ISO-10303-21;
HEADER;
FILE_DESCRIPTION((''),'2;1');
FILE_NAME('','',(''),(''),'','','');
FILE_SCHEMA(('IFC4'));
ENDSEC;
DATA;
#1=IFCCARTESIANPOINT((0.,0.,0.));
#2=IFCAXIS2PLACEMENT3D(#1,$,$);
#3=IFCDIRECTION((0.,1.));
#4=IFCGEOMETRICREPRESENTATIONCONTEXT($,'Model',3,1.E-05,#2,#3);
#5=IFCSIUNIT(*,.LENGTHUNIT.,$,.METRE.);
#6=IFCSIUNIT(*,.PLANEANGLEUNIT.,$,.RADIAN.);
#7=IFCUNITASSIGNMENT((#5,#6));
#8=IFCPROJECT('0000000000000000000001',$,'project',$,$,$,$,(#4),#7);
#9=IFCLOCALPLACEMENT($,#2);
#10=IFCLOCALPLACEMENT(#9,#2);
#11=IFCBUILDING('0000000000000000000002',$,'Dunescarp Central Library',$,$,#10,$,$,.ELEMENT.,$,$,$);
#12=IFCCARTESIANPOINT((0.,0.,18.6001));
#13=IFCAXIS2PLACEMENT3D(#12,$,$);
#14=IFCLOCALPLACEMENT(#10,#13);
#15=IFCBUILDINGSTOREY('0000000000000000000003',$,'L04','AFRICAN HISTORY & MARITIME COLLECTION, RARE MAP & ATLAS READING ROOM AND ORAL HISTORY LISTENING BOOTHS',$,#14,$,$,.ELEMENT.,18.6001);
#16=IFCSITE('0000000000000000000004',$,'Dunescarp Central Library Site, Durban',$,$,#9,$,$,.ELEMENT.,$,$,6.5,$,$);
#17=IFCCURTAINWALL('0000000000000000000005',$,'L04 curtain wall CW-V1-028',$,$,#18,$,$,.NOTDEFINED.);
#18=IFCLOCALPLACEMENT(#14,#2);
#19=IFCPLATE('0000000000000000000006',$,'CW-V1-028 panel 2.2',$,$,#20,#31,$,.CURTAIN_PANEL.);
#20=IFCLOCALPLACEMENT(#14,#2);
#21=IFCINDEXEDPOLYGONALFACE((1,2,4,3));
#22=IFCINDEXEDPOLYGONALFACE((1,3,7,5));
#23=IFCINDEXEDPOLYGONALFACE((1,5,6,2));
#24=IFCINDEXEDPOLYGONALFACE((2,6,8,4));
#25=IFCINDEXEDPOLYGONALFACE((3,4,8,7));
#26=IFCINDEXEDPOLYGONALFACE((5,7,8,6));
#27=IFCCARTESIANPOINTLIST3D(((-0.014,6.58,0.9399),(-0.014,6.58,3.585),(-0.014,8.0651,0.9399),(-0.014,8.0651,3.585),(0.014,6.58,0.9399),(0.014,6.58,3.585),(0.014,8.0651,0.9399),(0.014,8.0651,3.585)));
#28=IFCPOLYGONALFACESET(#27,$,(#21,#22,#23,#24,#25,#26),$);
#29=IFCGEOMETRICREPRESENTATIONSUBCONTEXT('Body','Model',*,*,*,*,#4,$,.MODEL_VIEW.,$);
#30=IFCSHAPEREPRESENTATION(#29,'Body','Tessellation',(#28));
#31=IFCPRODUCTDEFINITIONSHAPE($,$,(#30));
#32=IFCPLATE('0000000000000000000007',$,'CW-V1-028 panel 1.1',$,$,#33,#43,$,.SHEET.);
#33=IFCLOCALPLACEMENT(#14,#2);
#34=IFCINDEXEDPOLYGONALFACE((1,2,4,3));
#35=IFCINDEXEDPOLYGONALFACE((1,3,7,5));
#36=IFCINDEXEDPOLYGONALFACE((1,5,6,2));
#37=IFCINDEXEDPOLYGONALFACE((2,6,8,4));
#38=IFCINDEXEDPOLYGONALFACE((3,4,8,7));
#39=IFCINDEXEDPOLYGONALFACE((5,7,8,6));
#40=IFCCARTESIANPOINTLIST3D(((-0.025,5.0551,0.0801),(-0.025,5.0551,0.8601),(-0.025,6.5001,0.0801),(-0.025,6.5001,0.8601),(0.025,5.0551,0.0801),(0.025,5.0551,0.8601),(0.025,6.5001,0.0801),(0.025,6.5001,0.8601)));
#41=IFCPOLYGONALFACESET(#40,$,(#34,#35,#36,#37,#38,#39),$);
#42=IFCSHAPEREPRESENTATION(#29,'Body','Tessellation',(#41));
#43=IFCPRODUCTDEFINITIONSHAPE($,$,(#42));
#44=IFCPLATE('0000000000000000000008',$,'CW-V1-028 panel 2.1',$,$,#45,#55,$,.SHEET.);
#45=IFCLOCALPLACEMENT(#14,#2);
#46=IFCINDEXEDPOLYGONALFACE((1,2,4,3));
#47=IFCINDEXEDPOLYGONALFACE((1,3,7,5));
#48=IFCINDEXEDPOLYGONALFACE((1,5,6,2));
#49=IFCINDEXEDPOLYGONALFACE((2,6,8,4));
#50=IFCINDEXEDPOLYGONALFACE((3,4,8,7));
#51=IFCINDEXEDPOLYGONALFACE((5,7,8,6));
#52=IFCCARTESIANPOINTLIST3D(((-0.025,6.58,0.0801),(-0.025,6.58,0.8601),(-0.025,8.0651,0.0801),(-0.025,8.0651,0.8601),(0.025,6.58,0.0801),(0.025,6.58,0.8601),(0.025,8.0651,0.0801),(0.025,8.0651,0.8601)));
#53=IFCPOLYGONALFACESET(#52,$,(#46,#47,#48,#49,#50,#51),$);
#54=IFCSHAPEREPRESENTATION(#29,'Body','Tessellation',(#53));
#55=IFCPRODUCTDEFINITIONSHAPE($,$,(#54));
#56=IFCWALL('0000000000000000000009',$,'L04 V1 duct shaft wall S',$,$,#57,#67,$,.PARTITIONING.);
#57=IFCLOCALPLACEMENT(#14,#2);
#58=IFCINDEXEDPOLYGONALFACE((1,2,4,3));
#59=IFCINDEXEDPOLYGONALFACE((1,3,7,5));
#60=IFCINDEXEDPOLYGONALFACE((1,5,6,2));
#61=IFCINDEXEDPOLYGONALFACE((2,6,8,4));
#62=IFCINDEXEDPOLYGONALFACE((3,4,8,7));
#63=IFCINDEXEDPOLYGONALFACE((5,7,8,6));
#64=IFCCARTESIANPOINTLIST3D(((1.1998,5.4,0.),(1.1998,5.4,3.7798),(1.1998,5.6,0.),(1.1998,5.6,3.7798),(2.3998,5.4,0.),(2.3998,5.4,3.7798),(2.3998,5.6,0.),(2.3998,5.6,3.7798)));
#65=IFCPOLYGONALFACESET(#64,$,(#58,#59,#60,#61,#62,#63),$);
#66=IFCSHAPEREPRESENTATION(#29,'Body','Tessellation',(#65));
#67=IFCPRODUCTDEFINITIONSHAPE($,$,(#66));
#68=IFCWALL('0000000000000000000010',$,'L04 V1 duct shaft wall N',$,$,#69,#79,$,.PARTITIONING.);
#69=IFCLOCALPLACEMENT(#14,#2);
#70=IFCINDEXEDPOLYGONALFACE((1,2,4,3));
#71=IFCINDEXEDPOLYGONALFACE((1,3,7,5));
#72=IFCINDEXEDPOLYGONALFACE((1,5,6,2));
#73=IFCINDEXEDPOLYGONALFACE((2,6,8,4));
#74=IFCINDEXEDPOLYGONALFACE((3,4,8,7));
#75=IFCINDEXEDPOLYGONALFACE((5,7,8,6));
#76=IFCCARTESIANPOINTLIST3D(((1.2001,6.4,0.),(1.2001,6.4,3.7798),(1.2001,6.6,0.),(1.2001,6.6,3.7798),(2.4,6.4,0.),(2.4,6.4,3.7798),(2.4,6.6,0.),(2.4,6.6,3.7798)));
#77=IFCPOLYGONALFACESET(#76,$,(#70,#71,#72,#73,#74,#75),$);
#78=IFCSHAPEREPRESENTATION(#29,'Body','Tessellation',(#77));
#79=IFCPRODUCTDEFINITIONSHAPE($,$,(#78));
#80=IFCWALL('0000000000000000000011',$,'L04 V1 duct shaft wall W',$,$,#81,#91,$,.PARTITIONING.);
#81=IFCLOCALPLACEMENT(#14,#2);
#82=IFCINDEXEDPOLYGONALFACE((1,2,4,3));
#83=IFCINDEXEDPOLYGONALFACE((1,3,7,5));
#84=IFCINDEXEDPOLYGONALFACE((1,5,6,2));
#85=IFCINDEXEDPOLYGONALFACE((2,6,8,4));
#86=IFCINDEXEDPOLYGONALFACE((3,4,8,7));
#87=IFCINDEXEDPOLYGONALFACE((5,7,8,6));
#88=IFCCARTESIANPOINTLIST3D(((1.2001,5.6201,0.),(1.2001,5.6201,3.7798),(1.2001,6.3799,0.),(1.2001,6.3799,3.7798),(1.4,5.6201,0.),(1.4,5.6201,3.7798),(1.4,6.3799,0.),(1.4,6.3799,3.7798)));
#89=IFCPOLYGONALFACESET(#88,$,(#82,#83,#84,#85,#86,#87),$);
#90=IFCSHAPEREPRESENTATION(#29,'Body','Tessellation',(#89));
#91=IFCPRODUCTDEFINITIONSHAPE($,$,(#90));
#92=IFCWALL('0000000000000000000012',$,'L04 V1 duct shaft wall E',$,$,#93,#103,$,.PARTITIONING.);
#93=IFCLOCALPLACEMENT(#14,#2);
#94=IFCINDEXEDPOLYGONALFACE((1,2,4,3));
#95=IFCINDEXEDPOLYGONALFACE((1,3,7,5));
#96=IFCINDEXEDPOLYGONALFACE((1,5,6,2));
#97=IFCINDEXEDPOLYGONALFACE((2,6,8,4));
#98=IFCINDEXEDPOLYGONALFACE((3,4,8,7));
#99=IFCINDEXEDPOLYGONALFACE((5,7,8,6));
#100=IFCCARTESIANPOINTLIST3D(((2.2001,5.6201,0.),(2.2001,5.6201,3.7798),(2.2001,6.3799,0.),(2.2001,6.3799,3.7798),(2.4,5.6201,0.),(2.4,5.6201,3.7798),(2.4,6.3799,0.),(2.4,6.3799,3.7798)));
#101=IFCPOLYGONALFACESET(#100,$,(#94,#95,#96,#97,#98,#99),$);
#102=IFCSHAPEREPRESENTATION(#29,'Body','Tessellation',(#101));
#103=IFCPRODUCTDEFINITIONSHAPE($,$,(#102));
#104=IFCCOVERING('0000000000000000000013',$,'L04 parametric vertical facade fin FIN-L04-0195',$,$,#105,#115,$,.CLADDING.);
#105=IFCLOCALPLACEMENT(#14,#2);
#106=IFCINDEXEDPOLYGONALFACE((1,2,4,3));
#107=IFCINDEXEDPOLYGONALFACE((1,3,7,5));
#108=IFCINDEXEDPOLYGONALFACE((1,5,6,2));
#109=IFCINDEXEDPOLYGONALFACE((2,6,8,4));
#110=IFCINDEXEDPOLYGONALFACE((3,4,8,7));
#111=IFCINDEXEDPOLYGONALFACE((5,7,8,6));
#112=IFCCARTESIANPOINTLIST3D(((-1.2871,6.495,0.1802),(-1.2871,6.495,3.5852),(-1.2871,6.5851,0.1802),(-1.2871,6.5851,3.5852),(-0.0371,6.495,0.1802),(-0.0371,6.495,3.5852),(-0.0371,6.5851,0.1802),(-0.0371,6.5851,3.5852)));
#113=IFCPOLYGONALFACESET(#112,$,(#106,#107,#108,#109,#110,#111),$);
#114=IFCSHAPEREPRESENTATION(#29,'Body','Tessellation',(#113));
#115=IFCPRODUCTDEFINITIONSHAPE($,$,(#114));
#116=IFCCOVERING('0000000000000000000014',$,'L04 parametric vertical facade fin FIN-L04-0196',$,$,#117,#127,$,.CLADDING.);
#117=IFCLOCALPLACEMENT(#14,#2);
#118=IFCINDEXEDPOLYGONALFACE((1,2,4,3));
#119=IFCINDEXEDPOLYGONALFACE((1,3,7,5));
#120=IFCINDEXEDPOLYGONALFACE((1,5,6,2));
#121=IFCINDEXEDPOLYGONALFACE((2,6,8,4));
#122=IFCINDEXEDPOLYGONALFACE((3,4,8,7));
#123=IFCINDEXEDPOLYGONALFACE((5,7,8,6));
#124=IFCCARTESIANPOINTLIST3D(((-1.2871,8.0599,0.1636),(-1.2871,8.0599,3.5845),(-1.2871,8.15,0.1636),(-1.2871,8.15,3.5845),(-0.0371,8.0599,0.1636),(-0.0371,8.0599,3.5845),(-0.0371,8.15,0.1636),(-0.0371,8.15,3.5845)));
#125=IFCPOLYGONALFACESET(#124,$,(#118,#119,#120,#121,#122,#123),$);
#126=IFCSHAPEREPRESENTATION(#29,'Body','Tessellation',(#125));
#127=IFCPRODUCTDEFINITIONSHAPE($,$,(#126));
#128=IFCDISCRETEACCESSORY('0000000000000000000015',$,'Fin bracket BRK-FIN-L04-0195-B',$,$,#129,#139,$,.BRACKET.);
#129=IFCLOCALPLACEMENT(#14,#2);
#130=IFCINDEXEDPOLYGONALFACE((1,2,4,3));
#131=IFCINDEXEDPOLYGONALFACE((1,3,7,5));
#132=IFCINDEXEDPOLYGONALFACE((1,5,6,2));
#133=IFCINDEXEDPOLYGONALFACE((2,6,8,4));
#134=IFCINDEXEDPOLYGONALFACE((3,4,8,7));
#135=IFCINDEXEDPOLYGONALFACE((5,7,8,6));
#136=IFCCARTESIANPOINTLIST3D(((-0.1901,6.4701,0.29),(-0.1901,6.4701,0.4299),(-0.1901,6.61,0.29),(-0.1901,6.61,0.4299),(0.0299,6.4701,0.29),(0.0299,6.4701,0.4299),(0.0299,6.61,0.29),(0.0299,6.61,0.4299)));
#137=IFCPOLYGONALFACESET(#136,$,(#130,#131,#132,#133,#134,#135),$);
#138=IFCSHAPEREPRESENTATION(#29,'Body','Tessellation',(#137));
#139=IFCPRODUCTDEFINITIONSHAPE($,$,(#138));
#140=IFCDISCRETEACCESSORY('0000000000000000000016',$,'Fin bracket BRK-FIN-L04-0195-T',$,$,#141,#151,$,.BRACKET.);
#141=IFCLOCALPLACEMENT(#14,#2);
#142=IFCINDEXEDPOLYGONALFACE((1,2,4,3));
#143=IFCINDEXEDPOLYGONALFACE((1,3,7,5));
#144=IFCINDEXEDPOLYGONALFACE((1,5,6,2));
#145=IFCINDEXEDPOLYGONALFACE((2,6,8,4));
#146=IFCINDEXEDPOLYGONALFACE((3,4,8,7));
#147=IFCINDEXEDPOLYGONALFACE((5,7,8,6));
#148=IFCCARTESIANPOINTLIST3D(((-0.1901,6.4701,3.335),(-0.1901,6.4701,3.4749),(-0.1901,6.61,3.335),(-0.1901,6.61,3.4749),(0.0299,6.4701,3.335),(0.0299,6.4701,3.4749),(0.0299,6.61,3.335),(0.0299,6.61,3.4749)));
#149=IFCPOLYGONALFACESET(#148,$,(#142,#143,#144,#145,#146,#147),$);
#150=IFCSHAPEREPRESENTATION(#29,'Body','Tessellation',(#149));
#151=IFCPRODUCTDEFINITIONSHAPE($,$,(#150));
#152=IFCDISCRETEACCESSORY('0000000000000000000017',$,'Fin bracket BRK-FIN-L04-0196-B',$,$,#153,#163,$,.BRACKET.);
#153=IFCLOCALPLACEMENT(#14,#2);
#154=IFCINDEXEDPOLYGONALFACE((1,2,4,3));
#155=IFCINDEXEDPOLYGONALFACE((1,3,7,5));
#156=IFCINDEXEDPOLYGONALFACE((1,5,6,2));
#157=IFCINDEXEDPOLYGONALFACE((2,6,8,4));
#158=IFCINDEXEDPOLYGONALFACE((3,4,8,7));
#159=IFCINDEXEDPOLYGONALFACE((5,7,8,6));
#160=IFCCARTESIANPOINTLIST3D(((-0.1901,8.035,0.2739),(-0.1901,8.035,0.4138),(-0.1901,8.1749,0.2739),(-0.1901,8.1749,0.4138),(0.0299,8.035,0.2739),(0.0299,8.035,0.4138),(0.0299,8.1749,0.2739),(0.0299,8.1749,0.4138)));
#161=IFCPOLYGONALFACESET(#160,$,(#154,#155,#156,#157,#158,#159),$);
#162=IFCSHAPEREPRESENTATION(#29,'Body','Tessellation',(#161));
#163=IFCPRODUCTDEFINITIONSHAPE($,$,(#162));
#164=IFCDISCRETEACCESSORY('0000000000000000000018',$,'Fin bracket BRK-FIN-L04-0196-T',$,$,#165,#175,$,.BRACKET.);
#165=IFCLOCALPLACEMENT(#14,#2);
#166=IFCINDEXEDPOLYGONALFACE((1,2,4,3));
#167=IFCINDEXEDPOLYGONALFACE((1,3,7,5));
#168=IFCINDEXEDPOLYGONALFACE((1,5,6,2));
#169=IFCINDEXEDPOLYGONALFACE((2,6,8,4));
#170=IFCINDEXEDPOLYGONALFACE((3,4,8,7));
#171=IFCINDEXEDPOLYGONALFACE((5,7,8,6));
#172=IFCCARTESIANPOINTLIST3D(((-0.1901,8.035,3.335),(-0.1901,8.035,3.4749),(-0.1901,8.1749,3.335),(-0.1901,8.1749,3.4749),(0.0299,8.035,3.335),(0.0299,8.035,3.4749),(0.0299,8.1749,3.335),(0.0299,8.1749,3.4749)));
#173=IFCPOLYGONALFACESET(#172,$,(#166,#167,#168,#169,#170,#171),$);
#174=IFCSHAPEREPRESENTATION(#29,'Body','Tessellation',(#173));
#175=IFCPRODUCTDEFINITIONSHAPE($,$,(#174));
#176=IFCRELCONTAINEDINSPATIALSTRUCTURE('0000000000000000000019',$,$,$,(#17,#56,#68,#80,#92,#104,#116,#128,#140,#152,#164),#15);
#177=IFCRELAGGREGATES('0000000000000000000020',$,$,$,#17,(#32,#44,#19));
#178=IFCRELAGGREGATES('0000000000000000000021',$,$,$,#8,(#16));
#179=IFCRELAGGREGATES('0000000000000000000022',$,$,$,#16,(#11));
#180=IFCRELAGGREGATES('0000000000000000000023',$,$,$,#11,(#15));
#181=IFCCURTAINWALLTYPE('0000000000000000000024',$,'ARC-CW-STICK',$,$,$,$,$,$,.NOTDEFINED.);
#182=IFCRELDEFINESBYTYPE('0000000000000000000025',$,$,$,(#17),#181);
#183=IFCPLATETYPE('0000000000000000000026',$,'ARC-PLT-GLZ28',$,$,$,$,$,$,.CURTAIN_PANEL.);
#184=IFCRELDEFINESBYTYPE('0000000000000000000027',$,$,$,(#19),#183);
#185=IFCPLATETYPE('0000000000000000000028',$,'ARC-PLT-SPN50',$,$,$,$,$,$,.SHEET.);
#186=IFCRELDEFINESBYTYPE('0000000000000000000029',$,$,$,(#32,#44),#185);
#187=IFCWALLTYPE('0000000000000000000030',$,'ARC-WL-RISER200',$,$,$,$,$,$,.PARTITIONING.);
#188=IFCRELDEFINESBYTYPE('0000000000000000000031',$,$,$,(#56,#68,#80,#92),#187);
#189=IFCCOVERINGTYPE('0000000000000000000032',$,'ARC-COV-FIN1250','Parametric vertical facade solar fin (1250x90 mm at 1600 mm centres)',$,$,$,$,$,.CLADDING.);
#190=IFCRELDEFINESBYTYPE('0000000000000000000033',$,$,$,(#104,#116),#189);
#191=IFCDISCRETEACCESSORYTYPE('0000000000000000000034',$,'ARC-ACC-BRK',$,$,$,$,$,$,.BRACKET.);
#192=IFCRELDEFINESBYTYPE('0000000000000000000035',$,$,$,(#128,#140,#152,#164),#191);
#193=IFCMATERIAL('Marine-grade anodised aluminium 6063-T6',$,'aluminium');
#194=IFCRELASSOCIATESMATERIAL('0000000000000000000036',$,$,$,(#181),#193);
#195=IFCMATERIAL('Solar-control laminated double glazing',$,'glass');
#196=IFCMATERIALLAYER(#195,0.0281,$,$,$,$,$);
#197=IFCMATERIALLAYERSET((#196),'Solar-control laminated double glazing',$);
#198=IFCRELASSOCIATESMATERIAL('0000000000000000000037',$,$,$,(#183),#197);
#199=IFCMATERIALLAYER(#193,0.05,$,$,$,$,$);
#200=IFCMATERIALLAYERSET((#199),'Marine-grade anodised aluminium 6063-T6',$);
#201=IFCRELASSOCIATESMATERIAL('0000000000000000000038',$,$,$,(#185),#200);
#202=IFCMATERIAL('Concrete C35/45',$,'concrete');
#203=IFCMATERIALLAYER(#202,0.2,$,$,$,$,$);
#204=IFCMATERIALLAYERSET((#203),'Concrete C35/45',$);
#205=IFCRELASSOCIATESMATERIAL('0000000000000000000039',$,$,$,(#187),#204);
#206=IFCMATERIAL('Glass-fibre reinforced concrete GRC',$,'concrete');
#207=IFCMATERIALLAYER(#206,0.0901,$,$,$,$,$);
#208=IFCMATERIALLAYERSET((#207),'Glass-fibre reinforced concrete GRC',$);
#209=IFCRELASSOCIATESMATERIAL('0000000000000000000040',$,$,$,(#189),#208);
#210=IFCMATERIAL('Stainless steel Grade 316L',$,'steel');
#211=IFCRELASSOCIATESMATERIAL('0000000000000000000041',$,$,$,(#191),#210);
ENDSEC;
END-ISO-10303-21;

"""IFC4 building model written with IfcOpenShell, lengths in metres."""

from ifc_helpers import new_model, si_unit, direction, frame, frame_2d, origin, origin_2d, place, context, subcontext, project, spatial, rectangle, extrude, material, layer, layer_set, type_object, element, aggregate, save


model = new_model("IFC4")

# Units and contexts
model_context = context("Model", 3, precision=1e-05, world=origin(), true_north=direction((0.0, 1.0)))
body_context = subcontext(model_context, "Body", "Model", "MODEL_VIEW")
ifc_project = project(units=[si_unit("LENGTHUNIT", "METRE"), si_unit("PLANEANGLEUNIT", "RADIAN")], contexts=[model_context])

# Site, building, storey
site_placement = place(None, origin())
site = spatial("IfcSite", under=ifc_project, at=site_placement, Name="Dunescarp Central Library Site, Durban", CompositionType="ELEMENT", RefElevation=6.5)
building_placement = place(site_placement, origin())
building = spatial("IfcBuilding", under=site, at=building_placement, Name="Dunescarp Central Library", CompositionType="ELEMENT")
storey_placement = place(building_placement, frame((0.0, 0.0, 18.6001)))
storey = spatial("IfcBuildingStorey", under=building, at=storey_placement, Name="L04", Description="AFRICAN HISTORY & MARITIME COLLECTION, RARE MAP & ATLAS READING ROOM AND ORAL HISTORY LISTENING BOOTHS", CompositionType="ELEMENT", Elevation=18.6001)

# Curtain wall
ifc_material_1 = material(Name="Marine-grade anodised aluminium 6063-T6", Category="aluminium")
curtain_wall_type = type_object("IfcCurtainWallType", Name="ARC-CW-STICK", PredefinedType="NOTDEFINED", material=ifc_material_1)
curtain_wall_placement = place(storey_placement, origin())
curtain_wall = element("IfcCurtainWall", 1, at=curtain_wall_placement, inside=storey, type_object=curtain_wall_type, Name="L04 curtain wall CW-V1-028", PredefinedType="NOTDEFINED")

# Plates
ifc_material_2 = material(Name="Solar-control laminated double glazing", Category="glass")
ifc_layer_1 = layer(ifc_material_2, 0.0281)
ifc_layer_set_1 = layer_set([ifc_layer_1], Name="Solar-control laminated double glazing")
plate_type_1 = type_object("IfcPlateType", Name="ARC-PLT-GLZ28", PredefinedType="CURTAIN_PANEL", material=ifc_layer_set_1)
plate_1_placement = place(storey_placement, frame((0.0, 7.3225, 0.9399), z_axis=(0.0, 0.0, 1.0), x_axis=(0.0, 1.0, 0.0)))
plate_1 = element("IfcPlate", 2, at=plate_1_placement, type_object=plate_type_1, Name="CW-V1-028 panel 2.2", PredefinedType="CURTAIN_PANEL", context=body_context, shape_type="SweptSolid", body=[
    extrude(rectangle(XDim=1.4851, YDim=0.0281, at=origin_2d()), origin(), (0.0, 0.0, 1.0), 2.645),
])
ifc_layer_2 = layer(ifc_material_1, 0.05)
ifc_layer_set_2 = layer_set([ifc_layer_2], Name="Marine-grade anodised aluminium 6063-T6")
plate_type_2 = type_object("IfcPlateType", Name="ARC-PLT-SPN50", PredefinedType="SHEET", material=ifc_layer_set_2)
plate_2_placement = place(storey_placement, frame((0.0, 5.7776, 0.0801), z_axis=(0.0, 0.0, 1.0), x_axis=(0.0, 1.0, 0.0)))
plate_2 = element("IfcPlate", 3, at=plate_2_placement, type_object=plate_type_2, Name="CW-V1-028 panel 1.1", PredefinedType="SHEET", context=body_context, shape_type="SweptSolid", body=[
    extrude(rectangle(XDim=1.4451, YDim=0.05, at=origin_2d()), origin(), (0.0, 0.0, 1.0), 0.78),
])
plate_3_placement = place(storey_placement, frame((0.0, 7.3225, 0.0801), z_axis=(0.0, 0.0, 1.0), x_axis=(0.0, 1.0, 0.0)))
plate_3 = element("IfcPlate", 4, at=plate_3_placement, type_object=plate_type_2, Name="CW-V1-028 panel 2.1", PredefinedType="SHEET", context=body_context, shape_type="SweptSolid", body=[
    extrude(rectangle(XDim=1.4851, YDim=0.05, at=origin_2d()), origin(), (0.0, 0.0, 1.0), 0.78),
])
aggregate(curtain_wall, [plate_2, plate_3, plate_1])

# Walls
ifc_material_3 = material(Name="Concrete C35/45", Category="concrete")
ifc_layer_3 = layer(ifc_material_3, 0.2)
ifc_layer_set_3 = layer_set([ifc_layer_3], Name="Concrete C35/45")
wall_type = type_object("IfcWallType", Name="ARC-WL-RISER200", PredefinedType="PARTITIONING", material=ifc_layer_set_3)
for number, where, z_axis, x_axis, name in (
    (5, (2.3999, 5.5, 0.0), (0.0, 0.0, 1.0), (-1.0, 0.0, 0.0), "L04 V1 duct shaft wall S"),
    (6, (1.2, 6.5, 0.0), (0.0, 0.0, 1.0), (1.0, 0.0, 0.0), "L04 V1 duct shaft wall N"),
):
    element("IfcWall", number, at=place(storey_placement, frame(where, z_axis=z_axis, x_axis=x_axis)), inside=storey, type_object=wall_type, Name=name, PredefinedType="PARTITIONING", context=body_context, shape_type="SweptSolid", body=[
        extrude(rectangle(XDim=1.2, YDim=0.2, at=frame_2d((0.6001, 0.0))), origin(), (0.0, 0.0, 1.0), 3.7798),
    ])
for number, where, z_axis, x_axis, name in (
    (7, (1.3, 5.6201, 0.0), (0.0, 0.0, 1.0), (0.0, 1.0, 0.0), "L04 V1 duct shaft wall W"),
    (8, (2.3, 6.3799, 0.0), (0.0, 0.0, 1.0), (0.0, -1.0, 0.0), "L04 V1 duct shaft wall E"),
):
    element("IfcWall", number, at=place(storey_placement, frame(where, z_axis=z_axis, x_axis=x_axis)), inside=storey, type_object=wall_type, Name=name, PredefinedType="PARTITIONING", context=body_context, shape_type="SweptSolid", body=[
        extrude(rectangle(XDim=0.7598, YDim=0.2, at=frame_2d((0.3799, 0.0))), origin(), (0.0, 0.0, 1.0), 3.7798),
    ])

# Coverings
ifc_material_4 = material(Name="Glass-fibre reinforced concrete GRC", Category="concrete")
ifc_layer_4 = layer(ifc_material_4, 0.0901)
ifc_layer_set_4 = layer_set([ifc_layer_4], Name="Glass-fibre reinforced concrete GRC")
covering_type = type_object("IfcCoveringType", Name="ARC-COV-FIN1250", Description="Parametric vertical facade solar fin (1250x90 mm at 1600 mm centres)", PredefinedType="CLADDING", material=ifc_layer_set_4)
covering_1_placement = place(storey_placement, frame((-0.6621, 6.54, 0.1802), z_axis=(0.0, 0.0, 1.0), x_axis=(-1.0, 0.0, 0.0)))
element("IfcCovering", 9, at=covering_1_placement, inside=storey, type_object=covering_type, Name="L04 parametric vertical facade fin FIN-L04-0195", PredefinedType="CLADDING", context=body_context, shape_type="SweptSolid", body=[
    extrude(rectangle(XDim=1.25, YDim=0.0901, at=origin_2d()), origin(), (0.0, 0.0, 1.0), 3.405),
])
covering_2_placement = place(storey_placement, frame((-0.6621, 8.105, 0.1636), z_axis=(0.0, 0.0, 1.0), x_axis=(-1.0, 0.0, 0.0)))
element("IfcCovering", 10, at=covering_2_placement, inside=storey, type_object=covering_type, Name="L04 parametric vertical facade fin FIN-L04-0196", PredefinedType="CLADDING", context=body_context, shape_type="SweptSolid", body=[
    extrude(rectangle(XDim=1.25, YDim=0.0901, at=origin_2d()), origin(), (0.0, 0.0, 1.0), 3.4209),
])

# Discrete accessories
ifc_material_5 = material(Name="Stainless steel Grade 316L", Category="steel")
discrete_accessory_type = type_object("IfcDiscreteAccessoryType", Name="ARC-ACC-BRK", PredefinedType="BRACKET", material=ifc_material_5)
for number, where, z_axis, x_axis, name in (
    (11, (-0.0801, 6.54, 0.29), (0.0, 0.0, 1.0), (-1.0, 0.0, 0.0), "Fin bracket BRK-FIN-L04-0195-B"),
    (12, (-0.0801, 6.54, 3.335), (0.0, 0.0, 1.0), (-1.0, 0.0, 0.0), "Fin bracket BRK-FIN-L04-0195-T"),
    (13, (-0.0801, 8.105, 0.2739), (0.0, 0.0, 1.0), (-1.0, 0.0, 0.0), "Fin bracket BRK-FIN-L04-0196-B"),
    (14, (-0.0801, 8.105, 3.335), (0.0, 0.0, 1.0), (-1.0, 0.0, 0.0), "Fin bracket BRK-FIN-L04-0196-T"),
):
    element("IfcDiscreteAccessory", number, at=place(storey_placement, frame(where, z_axis=z_axis, x_axis=x_axis)), inside=storey, type_object=discrete_accessory_type, Name=name, PredefinedType="BRACKET", context=body_context, shape_type="SweptSolid", body=[
        extrude(rectangle(XDim=0.22, YDim=0.1399, at=origin_2d()), origin(), (0.0, 0.0, 1.0), 0.1399),
    ])

save(model, "model.ifc")
